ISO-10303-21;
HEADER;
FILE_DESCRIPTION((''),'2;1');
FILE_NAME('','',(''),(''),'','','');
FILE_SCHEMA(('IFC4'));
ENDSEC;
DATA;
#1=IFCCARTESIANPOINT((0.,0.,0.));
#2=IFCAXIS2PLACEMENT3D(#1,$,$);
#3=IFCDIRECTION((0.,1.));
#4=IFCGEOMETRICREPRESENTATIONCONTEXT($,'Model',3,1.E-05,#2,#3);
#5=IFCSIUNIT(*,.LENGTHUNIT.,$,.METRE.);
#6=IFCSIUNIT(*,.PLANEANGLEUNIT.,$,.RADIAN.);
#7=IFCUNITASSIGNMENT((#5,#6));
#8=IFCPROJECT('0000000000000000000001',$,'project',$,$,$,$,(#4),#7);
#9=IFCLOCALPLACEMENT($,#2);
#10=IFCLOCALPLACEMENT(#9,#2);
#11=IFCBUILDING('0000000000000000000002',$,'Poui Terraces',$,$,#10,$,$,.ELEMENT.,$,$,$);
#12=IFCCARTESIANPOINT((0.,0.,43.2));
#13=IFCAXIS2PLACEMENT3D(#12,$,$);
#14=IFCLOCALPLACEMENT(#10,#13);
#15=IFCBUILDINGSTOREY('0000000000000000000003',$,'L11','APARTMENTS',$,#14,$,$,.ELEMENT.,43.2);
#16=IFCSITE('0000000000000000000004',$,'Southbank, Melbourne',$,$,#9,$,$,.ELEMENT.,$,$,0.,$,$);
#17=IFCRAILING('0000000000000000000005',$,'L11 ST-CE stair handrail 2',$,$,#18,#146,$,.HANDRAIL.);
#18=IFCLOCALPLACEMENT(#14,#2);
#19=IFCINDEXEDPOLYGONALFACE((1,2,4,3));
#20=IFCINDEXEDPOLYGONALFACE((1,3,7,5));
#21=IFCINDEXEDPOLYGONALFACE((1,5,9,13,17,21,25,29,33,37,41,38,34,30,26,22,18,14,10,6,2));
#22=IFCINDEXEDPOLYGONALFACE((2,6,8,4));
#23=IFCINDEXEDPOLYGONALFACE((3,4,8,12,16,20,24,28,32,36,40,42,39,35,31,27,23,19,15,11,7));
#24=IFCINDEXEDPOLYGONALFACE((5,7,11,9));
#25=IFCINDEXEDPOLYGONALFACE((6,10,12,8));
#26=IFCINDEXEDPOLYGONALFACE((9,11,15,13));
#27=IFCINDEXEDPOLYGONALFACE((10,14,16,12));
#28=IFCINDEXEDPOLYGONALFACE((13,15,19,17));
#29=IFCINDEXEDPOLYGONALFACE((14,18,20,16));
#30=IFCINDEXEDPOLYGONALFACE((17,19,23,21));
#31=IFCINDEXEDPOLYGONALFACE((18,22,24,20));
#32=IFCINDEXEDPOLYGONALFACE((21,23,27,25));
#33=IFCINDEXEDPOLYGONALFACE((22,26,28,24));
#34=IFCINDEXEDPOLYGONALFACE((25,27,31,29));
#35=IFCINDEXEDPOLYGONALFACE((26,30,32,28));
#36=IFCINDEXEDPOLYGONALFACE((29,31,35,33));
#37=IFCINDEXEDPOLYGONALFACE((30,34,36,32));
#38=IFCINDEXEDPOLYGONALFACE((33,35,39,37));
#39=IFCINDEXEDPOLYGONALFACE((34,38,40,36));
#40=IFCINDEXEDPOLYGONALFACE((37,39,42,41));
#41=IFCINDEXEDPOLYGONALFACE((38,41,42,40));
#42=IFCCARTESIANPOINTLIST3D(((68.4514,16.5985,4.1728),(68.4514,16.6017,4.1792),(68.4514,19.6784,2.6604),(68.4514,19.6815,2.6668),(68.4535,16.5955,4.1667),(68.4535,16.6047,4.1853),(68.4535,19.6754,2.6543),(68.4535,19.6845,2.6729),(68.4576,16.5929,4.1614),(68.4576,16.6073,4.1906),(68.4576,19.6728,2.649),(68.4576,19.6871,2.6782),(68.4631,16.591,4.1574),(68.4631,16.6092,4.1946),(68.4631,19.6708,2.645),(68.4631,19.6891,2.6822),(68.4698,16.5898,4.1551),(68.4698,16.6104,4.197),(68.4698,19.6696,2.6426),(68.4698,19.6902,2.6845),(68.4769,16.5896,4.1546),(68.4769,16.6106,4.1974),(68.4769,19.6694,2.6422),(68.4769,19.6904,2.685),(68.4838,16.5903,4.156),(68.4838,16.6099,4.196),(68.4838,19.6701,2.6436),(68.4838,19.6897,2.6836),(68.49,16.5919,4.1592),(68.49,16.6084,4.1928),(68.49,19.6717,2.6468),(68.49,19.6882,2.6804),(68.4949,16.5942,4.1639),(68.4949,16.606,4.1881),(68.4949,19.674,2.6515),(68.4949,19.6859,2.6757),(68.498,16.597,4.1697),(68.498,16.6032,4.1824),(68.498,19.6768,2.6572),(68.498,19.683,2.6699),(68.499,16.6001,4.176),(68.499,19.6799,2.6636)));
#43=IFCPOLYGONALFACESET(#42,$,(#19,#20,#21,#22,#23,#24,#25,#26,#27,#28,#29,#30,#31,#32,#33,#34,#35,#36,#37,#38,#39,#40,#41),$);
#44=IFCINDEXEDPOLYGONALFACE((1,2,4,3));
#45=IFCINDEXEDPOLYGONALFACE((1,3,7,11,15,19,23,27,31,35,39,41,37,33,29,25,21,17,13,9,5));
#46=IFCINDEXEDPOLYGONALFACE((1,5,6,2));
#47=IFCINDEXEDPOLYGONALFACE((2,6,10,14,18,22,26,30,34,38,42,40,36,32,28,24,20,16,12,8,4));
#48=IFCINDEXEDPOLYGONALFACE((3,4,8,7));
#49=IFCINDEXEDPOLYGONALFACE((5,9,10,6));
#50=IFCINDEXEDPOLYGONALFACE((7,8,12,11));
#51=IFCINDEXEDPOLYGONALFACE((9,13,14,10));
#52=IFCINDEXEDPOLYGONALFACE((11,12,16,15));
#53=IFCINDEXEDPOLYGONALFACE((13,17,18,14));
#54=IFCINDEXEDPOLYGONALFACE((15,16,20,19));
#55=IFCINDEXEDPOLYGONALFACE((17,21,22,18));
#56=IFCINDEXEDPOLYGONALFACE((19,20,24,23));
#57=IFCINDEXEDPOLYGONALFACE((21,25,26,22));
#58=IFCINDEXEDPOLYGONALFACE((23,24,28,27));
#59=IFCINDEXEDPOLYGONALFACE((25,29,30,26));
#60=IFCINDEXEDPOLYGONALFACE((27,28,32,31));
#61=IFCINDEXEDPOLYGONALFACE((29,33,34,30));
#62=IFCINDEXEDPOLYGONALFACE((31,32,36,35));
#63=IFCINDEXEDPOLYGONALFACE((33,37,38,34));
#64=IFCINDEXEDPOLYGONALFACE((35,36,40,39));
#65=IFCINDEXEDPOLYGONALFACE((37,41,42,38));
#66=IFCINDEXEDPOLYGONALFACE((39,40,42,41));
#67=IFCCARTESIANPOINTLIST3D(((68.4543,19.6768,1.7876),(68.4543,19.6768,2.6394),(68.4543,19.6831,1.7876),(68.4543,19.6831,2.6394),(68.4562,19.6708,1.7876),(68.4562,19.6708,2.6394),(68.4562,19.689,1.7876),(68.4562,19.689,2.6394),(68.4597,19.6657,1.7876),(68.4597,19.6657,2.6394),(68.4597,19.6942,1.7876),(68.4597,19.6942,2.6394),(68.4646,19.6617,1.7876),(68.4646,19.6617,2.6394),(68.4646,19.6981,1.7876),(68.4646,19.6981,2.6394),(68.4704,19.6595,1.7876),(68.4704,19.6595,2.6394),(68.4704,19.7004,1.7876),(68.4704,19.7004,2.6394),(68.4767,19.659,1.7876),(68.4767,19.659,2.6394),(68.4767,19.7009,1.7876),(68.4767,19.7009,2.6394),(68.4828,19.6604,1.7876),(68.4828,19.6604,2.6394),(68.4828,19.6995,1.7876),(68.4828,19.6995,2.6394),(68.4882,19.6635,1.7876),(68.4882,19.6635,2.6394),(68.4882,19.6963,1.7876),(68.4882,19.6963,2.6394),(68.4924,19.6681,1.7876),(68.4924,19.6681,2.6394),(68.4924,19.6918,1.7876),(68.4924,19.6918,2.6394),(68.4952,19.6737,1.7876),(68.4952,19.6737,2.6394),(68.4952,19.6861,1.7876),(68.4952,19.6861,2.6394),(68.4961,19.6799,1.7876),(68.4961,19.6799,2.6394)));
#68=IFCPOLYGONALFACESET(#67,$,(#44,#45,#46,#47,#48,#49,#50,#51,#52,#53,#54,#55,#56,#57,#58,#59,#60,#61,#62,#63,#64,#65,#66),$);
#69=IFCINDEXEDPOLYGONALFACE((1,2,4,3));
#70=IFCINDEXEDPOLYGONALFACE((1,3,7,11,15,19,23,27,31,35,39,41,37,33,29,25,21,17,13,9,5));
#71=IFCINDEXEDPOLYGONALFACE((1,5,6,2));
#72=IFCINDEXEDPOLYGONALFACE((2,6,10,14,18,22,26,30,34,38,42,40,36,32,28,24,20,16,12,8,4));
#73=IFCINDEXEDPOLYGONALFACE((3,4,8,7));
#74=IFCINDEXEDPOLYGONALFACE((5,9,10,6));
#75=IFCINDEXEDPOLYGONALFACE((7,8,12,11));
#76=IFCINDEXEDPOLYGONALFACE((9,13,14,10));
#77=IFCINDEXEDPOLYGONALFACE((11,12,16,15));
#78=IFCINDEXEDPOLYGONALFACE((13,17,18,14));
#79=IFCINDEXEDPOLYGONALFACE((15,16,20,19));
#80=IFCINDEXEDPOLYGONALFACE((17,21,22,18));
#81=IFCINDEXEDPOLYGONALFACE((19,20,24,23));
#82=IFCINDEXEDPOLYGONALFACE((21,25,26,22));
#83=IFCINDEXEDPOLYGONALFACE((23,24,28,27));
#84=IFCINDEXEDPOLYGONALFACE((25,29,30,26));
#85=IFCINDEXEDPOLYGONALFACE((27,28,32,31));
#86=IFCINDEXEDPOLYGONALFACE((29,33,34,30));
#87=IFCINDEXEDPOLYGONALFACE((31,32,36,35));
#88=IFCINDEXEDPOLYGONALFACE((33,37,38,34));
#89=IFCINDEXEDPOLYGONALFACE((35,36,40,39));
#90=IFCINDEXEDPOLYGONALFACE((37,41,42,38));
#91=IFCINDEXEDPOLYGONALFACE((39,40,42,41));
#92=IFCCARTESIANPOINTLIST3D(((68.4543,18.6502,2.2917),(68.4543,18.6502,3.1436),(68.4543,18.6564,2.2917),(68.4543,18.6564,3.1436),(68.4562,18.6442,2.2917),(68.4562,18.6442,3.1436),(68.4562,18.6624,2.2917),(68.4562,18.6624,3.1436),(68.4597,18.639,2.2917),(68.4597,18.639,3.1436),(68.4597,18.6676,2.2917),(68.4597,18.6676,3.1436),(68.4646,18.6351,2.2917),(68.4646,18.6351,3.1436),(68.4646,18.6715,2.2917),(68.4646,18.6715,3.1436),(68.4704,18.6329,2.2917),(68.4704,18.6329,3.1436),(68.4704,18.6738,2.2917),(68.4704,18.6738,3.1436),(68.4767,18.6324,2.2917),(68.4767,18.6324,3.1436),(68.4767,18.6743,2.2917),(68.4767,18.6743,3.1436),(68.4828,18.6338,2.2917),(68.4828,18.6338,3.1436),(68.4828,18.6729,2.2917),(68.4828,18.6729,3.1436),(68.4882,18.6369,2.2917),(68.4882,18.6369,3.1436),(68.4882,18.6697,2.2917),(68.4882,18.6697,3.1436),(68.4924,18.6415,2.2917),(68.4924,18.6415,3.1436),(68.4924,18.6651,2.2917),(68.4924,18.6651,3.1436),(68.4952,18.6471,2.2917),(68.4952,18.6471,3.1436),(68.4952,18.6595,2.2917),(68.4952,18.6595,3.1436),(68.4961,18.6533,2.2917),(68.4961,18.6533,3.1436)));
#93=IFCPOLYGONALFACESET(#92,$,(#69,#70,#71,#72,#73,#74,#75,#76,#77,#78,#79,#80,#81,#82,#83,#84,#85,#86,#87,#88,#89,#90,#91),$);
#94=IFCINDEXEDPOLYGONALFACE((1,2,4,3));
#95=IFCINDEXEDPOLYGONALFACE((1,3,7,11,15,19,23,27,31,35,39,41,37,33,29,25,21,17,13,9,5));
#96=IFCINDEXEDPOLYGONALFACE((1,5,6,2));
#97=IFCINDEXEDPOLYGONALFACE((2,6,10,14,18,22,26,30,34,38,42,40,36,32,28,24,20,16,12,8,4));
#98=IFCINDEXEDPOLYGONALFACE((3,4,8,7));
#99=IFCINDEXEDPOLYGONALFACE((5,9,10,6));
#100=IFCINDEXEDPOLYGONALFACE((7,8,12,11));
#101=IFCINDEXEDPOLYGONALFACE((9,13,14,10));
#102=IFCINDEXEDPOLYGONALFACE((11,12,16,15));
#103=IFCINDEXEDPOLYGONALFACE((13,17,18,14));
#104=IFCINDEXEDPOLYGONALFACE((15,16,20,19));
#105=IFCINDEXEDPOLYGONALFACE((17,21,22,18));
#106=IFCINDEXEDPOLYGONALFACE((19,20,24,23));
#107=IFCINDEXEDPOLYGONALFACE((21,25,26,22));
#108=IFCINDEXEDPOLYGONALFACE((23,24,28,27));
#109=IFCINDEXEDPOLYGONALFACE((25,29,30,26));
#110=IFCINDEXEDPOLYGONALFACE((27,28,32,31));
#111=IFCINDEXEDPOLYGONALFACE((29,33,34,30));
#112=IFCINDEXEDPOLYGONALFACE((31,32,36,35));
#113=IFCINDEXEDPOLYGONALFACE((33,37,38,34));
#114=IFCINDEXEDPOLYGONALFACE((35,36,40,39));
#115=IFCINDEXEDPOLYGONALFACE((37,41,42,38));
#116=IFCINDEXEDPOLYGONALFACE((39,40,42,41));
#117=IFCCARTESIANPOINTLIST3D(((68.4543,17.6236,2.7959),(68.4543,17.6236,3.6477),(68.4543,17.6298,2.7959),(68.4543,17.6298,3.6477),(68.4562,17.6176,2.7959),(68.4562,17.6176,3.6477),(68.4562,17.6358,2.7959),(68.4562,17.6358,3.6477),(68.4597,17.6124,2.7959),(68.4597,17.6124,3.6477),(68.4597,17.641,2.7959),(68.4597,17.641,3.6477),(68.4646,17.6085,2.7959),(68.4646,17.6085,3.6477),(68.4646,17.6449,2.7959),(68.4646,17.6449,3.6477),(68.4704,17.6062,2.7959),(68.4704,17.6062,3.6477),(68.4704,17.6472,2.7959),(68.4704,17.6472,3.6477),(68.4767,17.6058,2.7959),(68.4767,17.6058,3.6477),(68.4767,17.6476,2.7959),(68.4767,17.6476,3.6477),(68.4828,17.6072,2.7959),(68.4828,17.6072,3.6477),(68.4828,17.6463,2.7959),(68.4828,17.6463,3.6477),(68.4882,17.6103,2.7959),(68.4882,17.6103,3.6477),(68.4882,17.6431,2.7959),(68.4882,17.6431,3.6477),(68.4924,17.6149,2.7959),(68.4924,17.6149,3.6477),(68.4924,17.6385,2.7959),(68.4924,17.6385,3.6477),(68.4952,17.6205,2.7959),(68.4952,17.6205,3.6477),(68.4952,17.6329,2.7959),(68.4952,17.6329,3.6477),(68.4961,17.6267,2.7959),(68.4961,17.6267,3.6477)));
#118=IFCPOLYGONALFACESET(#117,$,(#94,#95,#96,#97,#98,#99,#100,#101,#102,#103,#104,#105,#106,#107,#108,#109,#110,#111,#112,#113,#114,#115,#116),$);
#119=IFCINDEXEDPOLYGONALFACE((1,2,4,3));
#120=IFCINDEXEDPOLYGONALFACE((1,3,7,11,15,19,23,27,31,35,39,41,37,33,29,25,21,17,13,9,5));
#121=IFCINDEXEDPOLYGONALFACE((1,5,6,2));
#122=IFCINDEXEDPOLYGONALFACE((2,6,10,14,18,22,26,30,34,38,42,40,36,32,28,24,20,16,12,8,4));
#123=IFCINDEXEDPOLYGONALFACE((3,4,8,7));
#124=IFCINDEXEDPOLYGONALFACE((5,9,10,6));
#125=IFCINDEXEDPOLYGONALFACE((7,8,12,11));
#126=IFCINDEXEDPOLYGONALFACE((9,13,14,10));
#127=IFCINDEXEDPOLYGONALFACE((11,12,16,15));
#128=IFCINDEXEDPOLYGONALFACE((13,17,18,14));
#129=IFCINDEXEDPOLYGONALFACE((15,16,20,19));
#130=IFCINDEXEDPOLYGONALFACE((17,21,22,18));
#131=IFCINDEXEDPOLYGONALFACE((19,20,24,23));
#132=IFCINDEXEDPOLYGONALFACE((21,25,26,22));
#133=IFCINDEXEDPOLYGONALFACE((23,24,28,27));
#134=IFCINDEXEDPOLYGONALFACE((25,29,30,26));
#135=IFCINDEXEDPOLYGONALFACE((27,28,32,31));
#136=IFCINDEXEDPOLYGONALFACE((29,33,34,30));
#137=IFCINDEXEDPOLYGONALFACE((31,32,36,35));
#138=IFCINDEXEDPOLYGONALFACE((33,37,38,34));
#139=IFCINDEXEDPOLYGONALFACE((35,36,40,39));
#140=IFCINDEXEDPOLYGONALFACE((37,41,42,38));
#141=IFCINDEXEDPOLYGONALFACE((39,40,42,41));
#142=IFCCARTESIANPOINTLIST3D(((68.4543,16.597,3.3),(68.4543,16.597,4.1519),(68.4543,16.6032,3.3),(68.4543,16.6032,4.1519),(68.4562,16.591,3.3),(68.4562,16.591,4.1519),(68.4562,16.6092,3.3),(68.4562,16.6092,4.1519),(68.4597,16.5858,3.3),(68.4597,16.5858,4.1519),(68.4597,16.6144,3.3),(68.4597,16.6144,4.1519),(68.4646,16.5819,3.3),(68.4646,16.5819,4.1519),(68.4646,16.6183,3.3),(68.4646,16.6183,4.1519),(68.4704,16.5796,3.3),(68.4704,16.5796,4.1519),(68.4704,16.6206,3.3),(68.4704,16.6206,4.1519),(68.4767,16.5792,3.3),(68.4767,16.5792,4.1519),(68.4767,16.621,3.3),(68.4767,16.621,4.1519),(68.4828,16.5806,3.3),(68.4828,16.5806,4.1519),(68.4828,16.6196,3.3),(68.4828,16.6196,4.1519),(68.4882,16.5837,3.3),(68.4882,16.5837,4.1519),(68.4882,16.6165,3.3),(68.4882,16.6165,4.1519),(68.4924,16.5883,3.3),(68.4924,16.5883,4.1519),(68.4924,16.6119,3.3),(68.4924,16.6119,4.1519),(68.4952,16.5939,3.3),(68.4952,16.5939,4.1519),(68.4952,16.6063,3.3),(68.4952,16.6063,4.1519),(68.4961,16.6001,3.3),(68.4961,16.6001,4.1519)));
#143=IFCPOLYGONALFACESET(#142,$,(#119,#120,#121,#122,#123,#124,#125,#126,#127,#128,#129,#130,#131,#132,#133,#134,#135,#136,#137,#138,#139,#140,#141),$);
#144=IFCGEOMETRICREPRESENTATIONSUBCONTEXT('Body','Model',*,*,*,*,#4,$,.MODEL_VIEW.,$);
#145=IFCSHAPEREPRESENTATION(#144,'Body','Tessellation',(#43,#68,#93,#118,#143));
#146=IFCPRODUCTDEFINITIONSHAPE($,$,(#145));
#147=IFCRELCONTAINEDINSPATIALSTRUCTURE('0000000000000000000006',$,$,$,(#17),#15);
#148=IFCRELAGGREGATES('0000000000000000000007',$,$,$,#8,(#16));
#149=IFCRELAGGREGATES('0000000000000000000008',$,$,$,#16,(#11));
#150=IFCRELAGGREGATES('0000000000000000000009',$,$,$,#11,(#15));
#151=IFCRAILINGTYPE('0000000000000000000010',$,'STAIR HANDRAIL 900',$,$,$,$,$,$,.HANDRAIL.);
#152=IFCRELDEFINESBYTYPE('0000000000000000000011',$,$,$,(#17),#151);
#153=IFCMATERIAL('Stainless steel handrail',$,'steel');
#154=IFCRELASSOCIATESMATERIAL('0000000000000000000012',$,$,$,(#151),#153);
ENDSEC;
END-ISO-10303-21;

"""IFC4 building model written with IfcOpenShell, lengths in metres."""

from ifc_helpers import new_model, si_unit, direction, frame, origin, origin_2d, place, context, subcontext, project, spatial, circle, extrude, material, type_object, element, save


model = new_model("IFC4")

# Units and contexts
model_context = context("Model", 3, precision=1e-05, world=origin(), true_north=direction((0.0, 1.0)))
body_context = subcontext(model_context, "Body", "Model", "MODEL_VIEW")
ifc_project = project(units=[si_unit("LENGTHUNIT", "METRE"), si_unit("PLANEANGLEUNIT", "RADIAN")], contexts=[model_context])

# Site, building, storey
site_placement = place(None, origin())
site = spatial("IfcSite", under=ifc_project, at=site_placement, Name="Southbank, Melbourne", CompositionType="ELEMENT", RefElevation=0.0)
building_placement = place(site_placement, origin())
building = spatial("IfcBuilding", under=site, at=building_placement, Name="Poui Terraces", CompositionType="ELEMENT")
storey_placement = place(building_placement, frame((0.0, 0.0, 43.2)))
storey = spatial("IfcBuildingStorey", under=building, at=storey_placement, Name="L11", Description="APARTMENTS", CompositionType="ELEMENT", Elevation=43.2)

# Railing
ifc_material_1 = material(Name="Stainless steel handrail", Category="steel")
railing_type_1 = type_object("IfcRailingType", Name="STAIR HANDRAIL 900", PredefinedType="HANDRAIL", material=ifc_material_1)
railing_1_placement = place(storey_placement, frame((68.4751, 19.6799, 1.7876)))
element("IfcRailing", 1, at=railing_1_placement, inside=storey, type_object=railing_type_1, Name="L11 ST-CE stair handrail 2", PredefinedType="HANDRAIL", context=body_context, shape_type="SweptSolid", body=[
    extrude(circle(Radius=0.0239, at=origin_2d()), frame((0.0, 0.0, 0.876), z_axis=(0.0, -0.897606, 0.440798), x_axis=(1.0, 0.0, 0.0)), (0.0, 0.0, 1.0), 3.4312),
    extrude(circle(Radius=0.021, at=origin_2d()), origin(), (0.0, 0.0, 1.0), 0.8518),
    extrude(circle(Radius=0.021, at=origin_2d()), frame((0.0, -1.0266, 0.5042)), (0.0, 0.0, 1.0), 0.8518),
    extrude(circle(Radius=0.021, at=origin_2d()), frame((0.0, -2.0532, 1.0083)), (0.0, 0.0, 1.0), 0.8518),
    extrude(circle(Radius=0.021, at=origin_2d()), frame((0.0, -3.0798, 1.5125)), (0.0, 0.0, 1.0), 0.8518),
])

save(model, "model.ifc")
